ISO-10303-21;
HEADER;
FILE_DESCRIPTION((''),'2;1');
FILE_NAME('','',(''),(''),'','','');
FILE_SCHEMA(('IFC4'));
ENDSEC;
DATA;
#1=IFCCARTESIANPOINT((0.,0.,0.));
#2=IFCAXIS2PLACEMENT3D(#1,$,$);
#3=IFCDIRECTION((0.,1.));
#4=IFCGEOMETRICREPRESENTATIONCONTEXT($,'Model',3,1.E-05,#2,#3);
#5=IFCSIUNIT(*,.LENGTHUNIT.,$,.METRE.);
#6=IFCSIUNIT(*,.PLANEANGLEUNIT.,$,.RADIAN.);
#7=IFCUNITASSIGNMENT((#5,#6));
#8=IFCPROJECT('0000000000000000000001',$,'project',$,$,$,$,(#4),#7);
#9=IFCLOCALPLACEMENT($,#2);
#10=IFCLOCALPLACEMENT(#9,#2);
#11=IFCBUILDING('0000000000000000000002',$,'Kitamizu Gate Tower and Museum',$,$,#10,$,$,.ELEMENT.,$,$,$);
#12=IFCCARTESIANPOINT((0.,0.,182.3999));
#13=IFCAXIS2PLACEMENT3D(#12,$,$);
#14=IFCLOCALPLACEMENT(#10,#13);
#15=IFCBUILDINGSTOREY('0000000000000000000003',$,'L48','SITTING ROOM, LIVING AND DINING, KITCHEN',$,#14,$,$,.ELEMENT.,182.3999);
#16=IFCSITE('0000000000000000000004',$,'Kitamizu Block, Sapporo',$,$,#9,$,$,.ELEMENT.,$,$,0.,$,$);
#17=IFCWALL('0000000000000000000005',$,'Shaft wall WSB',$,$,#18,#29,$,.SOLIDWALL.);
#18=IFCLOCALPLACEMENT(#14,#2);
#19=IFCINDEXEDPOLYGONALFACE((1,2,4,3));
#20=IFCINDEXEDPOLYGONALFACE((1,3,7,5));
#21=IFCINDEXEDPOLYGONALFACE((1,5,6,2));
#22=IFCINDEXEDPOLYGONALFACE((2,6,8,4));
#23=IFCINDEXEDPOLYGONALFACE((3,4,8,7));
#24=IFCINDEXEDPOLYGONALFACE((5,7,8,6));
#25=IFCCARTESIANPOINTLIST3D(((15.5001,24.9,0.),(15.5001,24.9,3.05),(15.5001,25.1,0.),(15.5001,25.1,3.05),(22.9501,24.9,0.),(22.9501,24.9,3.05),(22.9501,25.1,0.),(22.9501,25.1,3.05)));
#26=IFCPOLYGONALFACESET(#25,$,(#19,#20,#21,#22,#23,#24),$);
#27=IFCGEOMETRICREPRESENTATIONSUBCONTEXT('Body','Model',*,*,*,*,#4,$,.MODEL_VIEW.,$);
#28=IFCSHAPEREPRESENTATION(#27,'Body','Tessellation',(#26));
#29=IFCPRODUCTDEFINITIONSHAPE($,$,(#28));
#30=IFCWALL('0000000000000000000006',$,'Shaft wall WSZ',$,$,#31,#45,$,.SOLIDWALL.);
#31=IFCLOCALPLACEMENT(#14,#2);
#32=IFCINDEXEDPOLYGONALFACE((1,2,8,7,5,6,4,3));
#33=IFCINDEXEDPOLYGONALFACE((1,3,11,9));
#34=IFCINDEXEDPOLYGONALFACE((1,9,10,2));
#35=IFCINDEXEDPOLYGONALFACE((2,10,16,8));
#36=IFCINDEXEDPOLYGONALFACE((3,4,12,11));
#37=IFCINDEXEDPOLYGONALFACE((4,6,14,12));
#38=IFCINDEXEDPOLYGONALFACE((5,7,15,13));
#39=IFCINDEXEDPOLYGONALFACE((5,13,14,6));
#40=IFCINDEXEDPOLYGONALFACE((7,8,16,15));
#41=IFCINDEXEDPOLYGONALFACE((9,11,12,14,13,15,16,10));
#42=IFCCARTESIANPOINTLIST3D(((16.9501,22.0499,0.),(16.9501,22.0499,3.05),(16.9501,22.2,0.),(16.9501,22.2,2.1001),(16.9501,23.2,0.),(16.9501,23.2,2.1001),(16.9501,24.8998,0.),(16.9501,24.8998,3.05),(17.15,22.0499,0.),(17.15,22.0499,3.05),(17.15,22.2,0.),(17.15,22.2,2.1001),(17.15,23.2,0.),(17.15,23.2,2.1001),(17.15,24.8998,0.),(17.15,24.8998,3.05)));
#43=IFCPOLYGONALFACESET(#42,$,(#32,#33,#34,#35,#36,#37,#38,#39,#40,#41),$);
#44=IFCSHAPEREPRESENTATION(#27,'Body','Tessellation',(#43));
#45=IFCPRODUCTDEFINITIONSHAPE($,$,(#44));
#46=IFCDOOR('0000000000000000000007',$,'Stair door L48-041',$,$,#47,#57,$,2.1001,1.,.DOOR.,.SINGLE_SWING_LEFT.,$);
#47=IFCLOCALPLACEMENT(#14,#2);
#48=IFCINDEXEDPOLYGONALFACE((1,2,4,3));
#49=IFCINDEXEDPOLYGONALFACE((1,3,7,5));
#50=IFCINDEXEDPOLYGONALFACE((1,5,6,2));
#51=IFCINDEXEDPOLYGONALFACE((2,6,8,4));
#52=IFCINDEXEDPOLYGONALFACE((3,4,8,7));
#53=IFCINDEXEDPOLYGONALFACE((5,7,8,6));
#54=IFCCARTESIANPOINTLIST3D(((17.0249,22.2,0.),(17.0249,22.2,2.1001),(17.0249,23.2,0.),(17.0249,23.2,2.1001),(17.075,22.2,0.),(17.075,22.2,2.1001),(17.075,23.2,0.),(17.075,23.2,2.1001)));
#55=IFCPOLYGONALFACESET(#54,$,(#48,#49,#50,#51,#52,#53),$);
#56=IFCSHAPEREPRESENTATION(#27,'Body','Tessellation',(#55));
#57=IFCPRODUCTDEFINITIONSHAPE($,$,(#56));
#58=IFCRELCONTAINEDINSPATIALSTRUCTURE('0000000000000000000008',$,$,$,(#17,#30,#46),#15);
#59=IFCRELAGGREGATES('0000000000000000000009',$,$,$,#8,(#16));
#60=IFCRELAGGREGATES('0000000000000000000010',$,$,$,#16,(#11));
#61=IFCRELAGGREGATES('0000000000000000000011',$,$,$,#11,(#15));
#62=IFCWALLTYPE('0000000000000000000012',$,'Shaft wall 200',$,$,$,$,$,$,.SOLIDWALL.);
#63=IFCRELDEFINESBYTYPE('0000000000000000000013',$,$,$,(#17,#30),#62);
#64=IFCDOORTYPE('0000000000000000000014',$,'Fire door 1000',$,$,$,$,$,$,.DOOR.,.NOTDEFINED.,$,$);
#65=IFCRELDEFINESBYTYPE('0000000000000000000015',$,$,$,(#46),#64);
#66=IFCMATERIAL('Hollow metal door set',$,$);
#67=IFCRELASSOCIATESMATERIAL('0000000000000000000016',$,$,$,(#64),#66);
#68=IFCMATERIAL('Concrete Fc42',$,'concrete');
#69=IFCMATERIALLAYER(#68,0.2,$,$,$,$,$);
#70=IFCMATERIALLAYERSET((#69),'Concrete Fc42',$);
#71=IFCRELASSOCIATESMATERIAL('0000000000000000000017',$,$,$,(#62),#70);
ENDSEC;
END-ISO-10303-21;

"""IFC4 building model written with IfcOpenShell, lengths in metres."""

from ifc_helpers import new_model, si_unit, direction, frame, frame_2d, origin, place, context, subcontext, project, spatial, rectangle, extrude, material, layer, layer_set, type_object, element, fill, save


model = new_model("IFC4")

# Units and contexts
model_context = context("Model", 3, precision=1e-05, world=origin(), true_north=direction((0.0, 1.0)))
body_context = subcontext(model_context, "Body", "Model", "MODEL_VIEW")
ifc_project = project(units=[si_unit("LENGTHUNIT", "METRE"), si_unit("PLANEANGLEUNIT", "RADIAN")], contexts=[model_context])

# Site, building, storey
site_placement = place(None, origin())
site = spatial("IfcSite", under=ifc_project, at=site_placement, Name="Kitamizu Block, Sapporo", CompositionType="ELEMENT", RefElevation=0.0)
building_placement = place(site_placement, origin())
building = spatial("IfcBuilding", under=site, at=building_placement, Name="Kitamizu Gate Tower and Museum", CompositionType="ELEMENT")
storey_placement = place(building_placement, frame((0.0, 0.0, 182.3999)))
storey = spatial("IfcBuildingStorey", under=building, at=storey_placement, Name="L48", Description="SITTING ROOM, LIVING AND DINING, KITCHEN", CompositionType="ELEMENT", Elevation=182.3999)

# Shared definitions
ifc_material_1 = material(Name="Hollow metal door set")
door_type_1 = type_object("IfcDoorType", Name="Fire door 1000", OperationType="NOTDEFINED", PredefinedType="DOOR", material=ifc_material_1)

# Shared definitions
ifc_material_2 = material(Name="Concrete Fc42", Category="concrete")
ifc_layer_1 = layer(ifc_material_2, 0.2)
ifc_layer_set_1 = layer_set([ifc_layer_1], Name="Concrete Fc42")
wall_type_1 = type_object("IfcWallType", Name="Shaft wall 200", PredefinedType="SOLIDWALL", material=ifc_layer_set_1)

# Wall
wall_1_placement = place(storey_placement, frame((15.5, 25.0, 0.0), z_axis=(0.0, 0.0, 1.0), x_axis=(1.0, 0.0, 0.0)))
element("IfcWall", 1, at=wall_1_placement, inside=storey, type_object=wall_type_1, Name="Shaft wall WSB", PredefinedType="SOLIDWALL", context=body_context, shape_type="SweptSolid", body=[
    extrude(rectangle(XDim=7.45, YDim=0.2, at=frame_2d((3.7251, 0.0))), origin(), (0.0, 0.0, 1.0), 3.05),
])

# Wall, opening, door
wall_2_placement = place(storey_placement, frame((17.05, 22.05, 0.0), z_axis=(0.0, 0.0, 1.0), x_axis=(0.0, 1.0, 0.0)))
wall_2 = element("IfcWall", 2, at=wall_2_placement, inside=storey, type_object=wall_type_1, Name="Shaft wall WSZ", PredefinedType="SOLIDWALL", context=body_context, shape_type="SweptSolid", body=[
    extrude(rectangle(XDim=2.8499, YDim=0.2, at=frame_2d((1.4248, 0.0))), origin(), (0.0, 0.0, 1.0), 3.05),
])
opening_1_placement = place(wall_2_placement, frame((0.1499, 0.0, 0.0)))
opening_1 = element("IfcOpeningElement", 3, at=opening_1_placement, cuts=wall_2, PredefinedType="OPENING", context=body_context, shape_type="SweptSolid", body=[
    extrude(rectangle(XDim=1.0, YDim=2.1001, at=frame_2d((0.5, 1.05))), frame((0.0, 0.1099, 0.0), z_axis=(0.0, -1.0, 0.0), x_axis=(1.0, 0.0, 0.0)), (0.0, 0.0, 1.0), 0.22),
])
door_1_placement = place(opening_1_placement, frame((1.0, 0.0, 0.0), x_axis=(-1.0, 0.0, 0.0)))
door_1 = element("IfcDoor", 4, at=door_1_placement, inside=storey, type_object=door_type_1, Name="Stair door L48-041", OperationType="SINGLE_SWING_LEFT", OverallHeight=2.1001, OverallWidth=1.0, PredefinedType="DOOR", context=body_context, shape_type="SweptSolid", body=[
    extrude(rectangle(XDim=1.0, YDim=2.1001, at=frame_2d((0.5, 1.05))), frame((0.0, 0.0249, 0.0), z_axis=(0.0, -1.0, 0.0), x_axis=(1.0, 0.0, 0.0)), (0.0, 0.0, 1.0), 0.05),
])
fill(opening_1, door_1)

save(model, "model.ifc")
